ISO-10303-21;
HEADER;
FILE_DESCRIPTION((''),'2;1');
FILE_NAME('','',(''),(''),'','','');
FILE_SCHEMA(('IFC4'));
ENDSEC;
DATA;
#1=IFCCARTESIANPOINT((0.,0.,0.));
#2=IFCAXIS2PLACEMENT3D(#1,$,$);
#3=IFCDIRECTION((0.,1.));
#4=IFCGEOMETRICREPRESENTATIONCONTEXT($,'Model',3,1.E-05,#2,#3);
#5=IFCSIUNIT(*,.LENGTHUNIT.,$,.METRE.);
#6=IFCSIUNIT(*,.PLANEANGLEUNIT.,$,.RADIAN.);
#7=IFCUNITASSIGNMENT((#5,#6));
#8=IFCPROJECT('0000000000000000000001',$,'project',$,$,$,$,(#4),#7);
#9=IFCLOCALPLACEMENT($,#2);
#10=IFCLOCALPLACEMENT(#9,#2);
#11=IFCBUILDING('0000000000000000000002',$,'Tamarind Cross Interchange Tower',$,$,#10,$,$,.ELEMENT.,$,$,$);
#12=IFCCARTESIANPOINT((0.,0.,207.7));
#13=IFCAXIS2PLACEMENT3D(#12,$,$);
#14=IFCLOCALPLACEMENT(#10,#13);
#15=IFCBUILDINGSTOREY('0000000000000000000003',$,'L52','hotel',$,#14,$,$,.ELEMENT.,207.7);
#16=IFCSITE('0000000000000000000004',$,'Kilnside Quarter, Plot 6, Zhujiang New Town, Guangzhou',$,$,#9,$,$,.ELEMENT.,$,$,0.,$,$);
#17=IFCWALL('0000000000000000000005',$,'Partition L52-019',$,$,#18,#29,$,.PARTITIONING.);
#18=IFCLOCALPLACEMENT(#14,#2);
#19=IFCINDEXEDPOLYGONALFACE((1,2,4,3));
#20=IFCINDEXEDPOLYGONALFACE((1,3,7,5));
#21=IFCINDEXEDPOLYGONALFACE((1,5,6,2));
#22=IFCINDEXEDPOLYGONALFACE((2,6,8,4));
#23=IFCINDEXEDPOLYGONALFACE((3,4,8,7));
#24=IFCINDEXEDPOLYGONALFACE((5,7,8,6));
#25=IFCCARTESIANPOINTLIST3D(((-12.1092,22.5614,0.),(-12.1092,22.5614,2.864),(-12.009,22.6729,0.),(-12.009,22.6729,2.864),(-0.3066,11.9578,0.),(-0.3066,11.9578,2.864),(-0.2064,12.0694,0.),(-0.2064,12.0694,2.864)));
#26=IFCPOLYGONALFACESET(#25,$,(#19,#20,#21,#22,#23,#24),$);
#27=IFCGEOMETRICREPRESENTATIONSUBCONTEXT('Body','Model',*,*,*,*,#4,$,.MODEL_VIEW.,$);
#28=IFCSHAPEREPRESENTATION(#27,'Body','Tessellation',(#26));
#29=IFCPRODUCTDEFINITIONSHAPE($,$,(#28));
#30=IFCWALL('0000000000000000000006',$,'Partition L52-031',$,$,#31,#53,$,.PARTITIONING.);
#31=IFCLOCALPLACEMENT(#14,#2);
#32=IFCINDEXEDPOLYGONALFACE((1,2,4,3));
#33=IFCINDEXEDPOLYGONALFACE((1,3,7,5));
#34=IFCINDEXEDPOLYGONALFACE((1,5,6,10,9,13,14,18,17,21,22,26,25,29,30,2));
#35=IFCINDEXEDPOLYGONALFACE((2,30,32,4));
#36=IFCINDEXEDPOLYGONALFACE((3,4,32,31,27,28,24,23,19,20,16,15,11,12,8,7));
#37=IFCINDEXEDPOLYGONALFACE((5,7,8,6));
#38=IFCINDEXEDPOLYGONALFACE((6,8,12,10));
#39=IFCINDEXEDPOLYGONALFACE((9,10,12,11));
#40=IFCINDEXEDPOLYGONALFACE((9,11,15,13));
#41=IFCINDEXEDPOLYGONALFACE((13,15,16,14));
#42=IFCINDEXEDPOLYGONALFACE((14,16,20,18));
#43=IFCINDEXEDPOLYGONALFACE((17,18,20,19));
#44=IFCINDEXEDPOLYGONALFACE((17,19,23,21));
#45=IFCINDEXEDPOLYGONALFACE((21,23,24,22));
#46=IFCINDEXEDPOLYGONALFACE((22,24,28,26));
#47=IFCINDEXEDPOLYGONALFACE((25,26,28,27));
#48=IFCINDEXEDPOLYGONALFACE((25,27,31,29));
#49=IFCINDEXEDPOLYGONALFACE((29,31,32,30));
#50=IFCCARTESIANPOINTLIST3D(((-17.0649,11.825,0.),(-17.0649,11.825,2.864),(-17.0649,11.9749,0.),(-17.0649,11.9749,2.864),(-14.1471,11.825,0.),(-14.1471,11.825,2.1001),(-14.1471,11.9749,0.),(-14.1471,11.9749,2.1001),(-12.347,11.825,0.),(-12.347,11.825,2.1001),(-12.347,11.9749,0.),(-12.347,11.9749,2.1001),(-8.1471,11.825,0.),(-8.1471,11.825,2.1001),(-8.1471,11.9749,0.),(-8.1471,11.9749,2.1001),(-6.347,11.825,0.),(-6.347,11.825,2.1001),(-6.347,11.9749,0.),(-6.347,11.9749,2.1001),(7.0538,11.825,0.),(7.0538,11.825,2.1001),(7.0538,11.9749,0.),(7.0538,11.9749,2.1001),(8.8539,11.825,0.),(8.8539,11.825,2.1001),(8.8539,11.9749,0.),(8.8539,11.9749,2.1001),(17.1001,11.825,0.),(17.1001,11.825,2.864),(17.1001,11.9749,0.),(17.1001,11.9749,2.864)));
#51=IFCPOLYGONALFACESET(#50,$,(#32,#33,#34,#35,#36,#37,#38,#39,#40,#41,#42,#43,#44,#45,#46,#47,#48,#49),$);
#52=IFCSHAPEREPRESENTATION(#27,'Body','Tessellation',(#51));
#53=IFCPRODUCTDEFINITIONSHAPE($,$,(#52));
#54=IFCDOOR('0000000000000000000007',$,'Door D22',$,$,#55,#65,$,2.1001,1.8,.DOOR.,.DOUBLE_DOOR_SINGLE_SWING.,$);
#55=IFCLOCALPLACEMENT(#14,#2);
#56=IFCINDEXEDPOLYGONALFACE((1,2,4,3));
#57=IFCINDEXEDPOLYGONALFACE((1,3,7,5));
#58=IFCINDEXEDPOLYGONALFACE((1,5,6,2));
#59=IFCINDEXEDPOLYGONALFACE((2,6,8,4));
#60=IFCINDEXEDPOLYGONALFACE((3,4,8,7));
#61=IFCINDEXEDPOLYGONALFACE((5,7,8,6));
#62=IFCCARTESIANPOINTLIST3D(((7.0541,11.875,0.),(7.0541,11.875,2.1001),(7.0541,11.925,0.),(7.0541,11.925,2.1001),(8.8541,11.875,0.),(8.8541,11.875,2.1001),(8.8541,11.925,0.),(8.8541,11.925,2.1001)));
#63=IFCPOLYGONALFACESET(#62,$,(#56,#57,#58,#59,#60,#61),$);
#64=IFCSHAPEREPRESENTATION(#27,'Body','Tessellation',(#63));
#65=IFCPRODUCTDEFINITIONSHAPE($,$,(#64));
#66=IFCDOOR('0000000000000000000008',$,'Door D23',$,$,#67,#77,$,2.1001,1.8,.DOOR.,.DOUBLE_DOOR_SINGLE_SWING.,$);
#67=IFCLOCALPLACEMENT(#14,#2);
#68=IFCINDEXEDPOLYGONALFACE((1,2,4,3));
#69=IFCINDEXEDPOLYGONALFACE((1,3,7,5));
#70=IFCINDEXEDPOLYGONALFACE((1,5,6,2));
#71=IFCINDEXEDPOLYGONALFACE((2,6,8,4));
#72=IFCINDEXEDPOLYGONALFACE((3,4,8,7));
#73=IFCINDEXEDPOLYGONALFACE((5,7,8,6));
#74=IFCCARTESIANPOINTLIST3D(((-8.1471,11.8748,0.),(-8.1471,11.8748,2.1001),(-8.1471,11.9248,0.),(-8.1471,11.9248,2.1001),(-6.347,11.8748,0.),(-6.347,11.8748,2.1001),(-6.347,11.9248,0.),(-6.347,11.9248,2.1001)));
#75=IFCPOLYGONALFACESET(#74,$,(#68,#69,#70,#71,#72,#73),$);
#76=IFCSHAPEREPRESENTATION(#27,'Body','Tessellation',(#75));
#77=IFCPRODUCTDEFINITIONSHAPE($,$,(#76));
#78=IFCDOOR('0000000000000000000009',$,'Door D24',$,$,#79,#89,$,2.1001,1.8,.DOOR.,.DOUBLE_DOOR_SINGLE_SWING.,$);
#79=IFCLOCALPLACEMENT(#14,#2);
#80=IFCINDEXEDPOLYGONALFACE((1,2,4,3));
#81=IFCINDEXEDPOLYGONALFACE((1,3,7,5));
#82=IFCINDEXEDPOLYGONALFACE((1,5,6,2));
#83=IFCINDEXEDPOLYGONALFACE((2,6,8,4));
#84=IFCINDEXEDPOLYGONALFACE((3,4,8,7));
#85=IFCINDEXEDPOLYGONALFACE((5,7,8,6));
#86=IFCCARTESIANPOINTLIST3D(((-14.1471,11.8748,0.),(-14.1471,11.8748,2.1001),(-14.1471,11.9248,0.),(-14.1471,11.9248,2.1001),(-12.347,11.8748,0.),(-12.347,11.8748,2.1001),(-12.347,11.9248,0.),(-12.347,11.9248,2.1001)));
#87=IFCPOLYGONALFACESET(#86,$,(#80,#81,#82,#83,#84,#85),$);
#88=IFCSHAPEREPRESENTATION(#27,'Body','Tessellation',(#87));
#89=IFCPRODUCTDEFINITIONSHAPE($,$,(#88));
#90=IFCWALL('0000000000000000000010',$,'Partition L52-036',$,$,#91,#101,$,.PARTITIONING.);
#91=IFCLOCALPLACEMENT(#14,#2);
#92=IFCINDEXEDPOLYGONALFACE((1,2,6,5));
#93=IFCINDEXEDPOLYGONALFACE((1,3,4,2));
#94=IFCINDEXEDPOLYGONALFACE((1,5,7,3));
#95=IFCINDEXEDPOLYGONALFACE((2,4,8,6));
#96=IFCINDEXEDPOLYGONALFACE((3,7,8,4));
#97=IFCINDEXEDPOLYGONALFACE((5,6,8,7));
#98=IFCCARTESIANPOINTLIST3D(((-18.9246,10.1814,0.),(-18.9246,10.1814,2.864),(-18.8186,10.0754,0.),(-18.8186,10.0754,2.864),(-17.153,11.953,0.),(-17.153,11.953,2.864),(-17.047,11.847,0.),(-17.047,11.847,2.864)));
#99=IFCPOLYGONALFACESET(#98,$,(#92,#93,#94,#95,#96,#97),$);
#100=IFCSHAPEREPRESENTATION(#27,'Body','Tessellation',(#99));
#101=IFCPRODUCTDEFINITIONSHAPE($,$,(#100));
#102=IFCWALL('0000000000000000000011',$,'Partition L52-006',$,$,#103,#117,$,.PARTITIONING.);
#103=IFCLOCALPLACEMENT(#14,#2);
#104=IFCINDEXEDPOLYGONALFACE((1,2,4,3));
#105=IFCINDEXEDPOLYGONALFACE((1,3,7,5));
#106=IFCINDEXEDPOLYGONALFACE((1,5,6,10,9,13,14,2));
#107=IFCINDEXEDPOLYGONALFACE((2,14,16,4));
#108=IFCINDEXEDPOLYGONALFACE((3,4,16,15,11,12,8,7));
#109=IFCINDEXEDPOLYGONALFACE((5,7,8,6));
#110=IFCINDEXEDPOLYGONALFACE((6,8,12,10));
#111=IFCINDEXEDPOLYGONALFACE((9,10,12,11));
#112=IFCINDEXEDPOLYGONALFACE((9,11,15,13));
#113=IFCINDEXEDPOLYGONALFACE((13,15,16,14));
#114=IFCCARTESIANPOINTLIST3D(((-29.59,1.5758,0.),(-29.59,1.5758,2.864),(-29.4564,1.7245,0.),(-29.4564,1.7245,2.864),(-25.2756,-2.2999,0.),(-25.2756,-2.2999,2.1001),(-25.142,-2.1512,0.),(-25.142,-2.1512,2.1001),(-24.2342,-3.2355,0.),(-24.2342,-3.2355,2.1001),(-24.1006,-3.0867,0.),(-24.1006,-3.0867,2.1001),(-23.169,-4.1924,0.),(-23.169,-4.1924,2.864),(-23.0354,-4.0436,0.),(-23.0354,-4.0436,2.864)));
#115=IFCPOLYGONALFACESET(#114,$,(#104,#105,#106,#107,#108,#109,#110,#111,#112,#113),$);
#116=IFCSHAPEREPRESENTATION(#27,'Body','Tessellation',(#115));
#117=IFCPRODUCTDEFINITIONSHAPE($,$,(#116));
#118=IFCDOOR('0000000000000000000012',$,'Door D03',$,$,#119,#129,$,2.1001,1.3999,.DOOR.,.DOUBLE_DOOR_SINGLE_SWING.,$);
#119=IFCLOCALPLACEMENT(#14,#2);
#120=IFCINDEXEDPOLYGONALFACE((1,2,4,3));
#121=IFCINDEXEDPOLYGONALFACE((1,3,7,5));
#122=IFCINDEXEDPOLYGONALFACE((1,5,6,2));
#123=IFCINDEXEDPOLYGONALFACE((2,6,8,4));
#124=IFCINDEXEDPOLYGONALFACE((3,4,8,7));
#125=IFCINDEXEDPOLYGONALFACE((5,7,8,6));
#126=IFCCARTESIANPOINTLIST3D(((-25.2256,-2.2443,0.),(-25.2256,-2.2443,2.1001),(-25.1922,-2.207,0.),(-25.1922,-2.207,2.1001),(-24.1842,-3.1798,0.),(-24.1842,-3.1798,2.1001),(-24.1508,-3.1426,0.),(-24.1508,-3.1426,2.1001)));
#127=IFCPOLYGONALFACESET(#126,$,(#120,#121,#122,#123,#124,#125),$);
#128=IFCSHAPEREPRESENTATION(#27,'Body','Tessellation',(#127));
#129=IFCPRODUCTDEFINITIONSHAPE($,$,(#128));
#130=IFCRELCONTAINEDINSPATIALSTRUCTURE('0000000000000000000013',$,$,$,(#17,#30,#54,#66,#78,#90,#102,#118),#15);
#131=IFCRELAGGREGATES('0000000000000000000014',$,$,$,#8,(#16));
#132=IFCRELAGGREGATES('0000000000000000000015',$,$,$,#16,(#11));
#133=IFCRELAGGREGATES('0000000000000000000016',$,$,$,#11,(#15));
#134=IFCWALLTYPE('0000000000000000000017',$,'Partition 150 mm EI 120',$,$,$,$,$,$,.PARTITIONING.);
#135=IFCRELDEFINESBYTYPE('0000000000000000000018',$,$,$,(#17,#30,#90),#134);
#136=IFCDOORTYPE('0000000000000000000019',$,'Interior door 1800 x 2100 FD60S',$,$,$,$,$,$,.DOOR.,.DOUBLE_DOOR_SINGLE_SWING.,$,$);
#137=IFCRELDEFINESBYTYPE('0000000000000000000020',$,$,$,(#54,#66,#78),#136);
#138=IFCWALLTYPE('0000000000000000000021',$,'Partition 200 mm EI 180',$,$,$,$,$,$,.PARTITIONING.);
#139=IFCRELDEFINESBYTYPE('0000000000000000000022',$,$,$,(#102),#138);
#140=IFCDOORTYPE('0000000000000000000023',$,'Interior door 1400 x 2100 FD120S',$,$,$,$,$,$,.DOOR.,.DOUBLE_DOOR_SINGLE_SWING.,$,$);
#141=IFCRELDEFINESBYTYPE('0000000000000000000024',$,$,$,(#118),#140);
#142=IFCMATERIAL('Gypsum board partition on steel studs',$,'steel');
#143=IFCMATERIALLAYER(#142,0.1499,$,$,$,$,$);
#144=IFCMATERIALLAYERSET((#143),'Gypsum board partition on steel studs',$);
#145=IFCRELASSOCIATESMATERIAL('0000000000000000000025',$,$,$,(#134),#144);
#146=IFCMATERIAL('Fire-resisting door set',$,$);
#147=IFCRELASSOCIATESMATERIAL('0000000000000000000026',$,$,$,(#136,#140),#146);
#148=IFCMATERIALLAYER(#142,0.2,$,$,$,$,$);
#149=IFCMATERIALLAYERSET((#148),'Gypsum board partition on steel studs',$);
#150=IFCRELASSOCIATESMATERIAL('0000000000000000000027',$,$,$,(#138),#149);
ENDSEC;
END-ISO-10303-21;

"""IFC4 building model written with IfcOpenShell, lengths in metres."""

from ifc_helpers import new_model, si_unit, direction, frame, frame_2d, origin, place, context, subcontext, project, spatial, rectangle, extrude, material, layer, layer_set, type_object, element, fill, save


model = new_model("IFC4")

# Units and contexts
model_context = context("Model", 3, precision=1e-05, world=origin(), true_north=direction((0.0, 1.0)))
body_context = subcontext(model_context, "Body", "Model", "MODEL_VIEW")
ifc_project = project(units=[si_unit("LENGTHUNIT", "METRE"), si_unit("PLANEANGLEUNIT", "RADIAN")], contexts=[model_context])

# Site, building, storey
site_placement = place(None, origin())
site = spatial("IfcSite", under=ifc_project, at=site_placement, Name="Kilnside Quarter, Plot 6, Zhujiang New Town, Guangzhou", CompositionType="ELEMENT", RefElevation=0.0)
building_placement = place(site_placement, origin())
building = spatial("IfcBuilding", under=site, at=building_placement, Name="Tamarind Cross Interchange Tower", CompositionType="ELEMENT")
storey_placement = place(building_placement, frame((0.0, 0.0, 207.7)))
storey = spatial("IfcBuildingStorey", under=building, at=storey_placement, Name="L52", Description="hotel", CompositionType="ELEMENT", Elevation=207.7)

# Wall
ifc_material_1 = material(Name="Gypsum board partition on steel studs", Category="steel")
ifc_layer_1 = layer(ifc_material_1, 0.1499)
ifc_layer_set_1 = layer_set([ifc_layer_1], Name="Gypsum board partition on steel studs")
wall_type_1 = type_object("IfcWallType", Name="Partition 150 mm EI 120", PredefinedType="PARTITIONING", material=ifc_layer_set_1)
wall_1_placement = place(storey_placement, frame((-12.0591, 22.6172, 0.0), z_axis=(0.0, 0.0, 1.0), x_axis=(0.743881, -0.668312, 0.0)))
element("IfcWall", 1, at=wall_1_placement, inside=storey, type_object=wall_type_1, Name="Partition L52-019", PredefinedType="PARTITIONING", context=body_context, shape_type="SweptSolid", body=[
    extrude(rectangle(XDim=15.8662, YDim=0.1499, at=frame_2d((7.9331, 0.0))), origin(), (0.0, 0.0, 1.0), 2.864),
])

# Wall, openings, doors
wall_2_placement = place(storey_placement, frame((-17.0649, 11.8999, 0.0), z_axis=(0.0, 0.0, 1.0), x_axis=(1.0, 0.0, 0.0)))
wall_2 = element("IfcWall", 2, at=wall_2_placement, inside=storey, type_object=wall_type_1, Name="Partition L52-031", PredefinedType="PARTITIONING", context=body_context, shape_type="SweptSolid", body=[
    extrude(rectangle(XDim=34.165, YDim=0.1499, at=frame_2d((17.0825, 0.0))), origin(), (0.0, 0.0, 1.0), 2.864),
])
opening_1_placement = place(wall_2_placement, frame((24.1189, 0.0, 0.0)))
opening_1 = element("IfcOpeningElement", 3, at=opening_1_placement, cuts=wall_2, PredefinedType="OPENING", context=body_context, shape_type="SweptSolid", body=[
    extrude(rectangle(XDim=1.8, YDim=2.1001, at=frame_2d((0.8999, 1.05))), frame((0.0, 0.085, 0.0), z_axis=(0.0, -1.0, 0.0), x_axis=(1.0, 0.0, 0.0)), (0.0, 0.0, 1.0), 0.1699),
])
opening_2_placement = place(wall_2_placement, frame((8.918, 0.0, 0.0)))
opening_2 = element("IfcOpeningElement", 4, at=opening_2_placement, cuts=wall_2, PredefinedType="OPENING", context=body_context, shape_type="SweptSolid", body=[
    extrude(rectangle(XDim=1.8, YDim=2.1001, at=frame_2d((0.8999, 1.05))), frame((0.0, 0.085, 0.0), z_axis=(0.0, -1.0, 0.0), x_axis=(1.0, 0.0, 0.0)), (0.0, 0.0, 1.0), 0.1699),
])
opening_3_placement = place(wall_2_placement, frame((2.918, 0.0, 0.0)))
opening_3 = element("IfcOpeningElement", 5, at=opening_3_placement, cuts=wall_2, PredefinedType="OPENING", context=body_context, shape_type="SweptSolid", body=[
    extrude(rectangle(XDim=1.8, YDim=2.1001, at=frame_2d((0.8999, 1.05))), frame((0.0, 0.085, 0.0), z_axis=(0.0, -1.0, 0.0), x_axis=(1.0, 0.0, 0.0)), (0.0, 0.0, 1.0), 0.1699),
])
ifc_material_2 = material(Name="Fire-resisting door set")
door_type_1 = type_object("IfcDoorType", Name="Interior door 1800 x 2100 FD60S", OperationType="DOUBLE_DOOR_SINGLE_SWING", PredefinedType="DOOR", material=ifc_material_2)
door_1_placement = place(opening_1_placement, frame((1.8, 0.0, 0.0), z_axis=(0.0, 0.0, 1.0), x_axis=(-1.0, 0.0, 0.0)))
door_1 = element("IfcDoor", 6, at=door_1_placement, inside=storey, type_object=door_type_1, Name="Door D22", OperationType="DOUBLE_DOOR_SINGLE_SWING", OverallHeight=2.1001, OverallWidth=1.8, PredefinedType="DOOR", context=body_context, shape_type="SweptSolid", body=[
    extrude(rectangle(XDim=1.8, YDim=2.1001, at=frame_2d((0.8999, 1.05))), frame((0.0, 0.0249, 0.0), z_axis=(0.0, -1.0, 0.0), x_axis=(1.0, 0.0, 0.0)), (0.0, 0.0, 1.0), 0.05),
])
fill(opening_1, door_1)
door_2_placement = place(opening_2_placement, origin())
door_2 = element("IfcDoor", 7, at=door_2_placement, inside=storey, type_object=door_type_1, Name="Door D23", OperationType="DOUBLE_DOOR_SINGLE_SWING", OverallHeight=2.1001, OverallWidth=1.8, PredefinedType="DOOR", context=body_context, shape_type="SweptSolid", body=[
    extrude(rectangle(XDim=1.8, YDim=2.1001, at=frame_2d((0.8999, 1.05))), frame((0.0, 0.0249, 0.0), z_axis=(0.0, -1.0, 0.0), x_axis=(1.0, 0.0, 0.0)), (0.0, 0.0, 1.0), 0.05),
])
fill(opening_2, door_2)
door_3_placement = place(opening_3_placement, origin())
door_3 = element("IfcDoor", 8, at=door_3_placement, inside=storey, type_object=door_type_1, Name="Door D24", OperationType="DOUBLE_DOOR_SINGLE_SWING", OverallHeight=2.1001, OverallWidth=1.8, PredefinedType="DOOR", context=body_context, shape_type="SweptSolid", body=[
    extrude(rectangle(XDim=1.8, YDim=2.1001, at=frame_2d((0.8999, 1.05))), frame((0.0, 0.0249, 0.0), z_axis=(0.0, -1.0, 0.0), x_axis=(1.0, 0.0, 0.0)), (0.0, 0.0, 1.0), 0.05),
])
fill(opening_3, door_3)

# Wall
wall_3_placement = place(storey_placement, frame((-18.8716, 10.1284, 0.0), z_axis=(0.0, 0.0, 1.0), x_axis=(0.707107, 0.707107, 0.0)))
element("IfcWall", 9, at=wall_3_placement, inside=storey, type_object=wall_type_1, Name="Partition L52-036", PredefinedType="PARTITIONING", context=body_context, shape_type="SweptSolid", body=[
    extrude(rectangle(XDim=2.5054, YDim=0.1499, at=frame_2d((1.2527, 0.0))), origin(), (0.0, 0.0, 1.0), 2.864),
])

# Wall, opening, door
ifc_layer_2 = layer(ifc_material_1, 0.2)
ifc_layer_set_2 = layer_set([ifc_layer_2], Name="Gypsum board partition on steel studs")
wall_type_2 = type_object("IfcWallType", Name="Partition 200 mm EI 180", PredefinedType="PARTITIONING", material=ifc_layer_set_2)
wall_4_placement = place(storey_placement, frame((-29.5232, 1.6501, 0.0), z_axis=(0.0, 0.0, 1.0), x_axis=(0.743913, -0.668277, 0.0)))
wall_4 = element("IfcWall", 10, at=wall_4_placement, inside=storey, type_object=wall_type_2, Name="Partition L52-006", PredefinedType="PARTITIONING", context=body_context, shape_type="SweptSolid", body=[
    extrude(rectangle(XDim=8.6313, YDim=0.2, at=frame_2d((4.3157, 0.0))), origin(), (0.0, 0.0, 1.0), 2.864),
])
opening_4_placement = place(wall_4_placement, frame((5.7996, 0.0, 0.0)))
opening_4 = element("IfcOpeningElement", 11, at=opening_4_placement, cuts=wall_4, PredefinedType="OPENING", context=body_context, shape_type="SweptSolid", body=[
    extrude(rectangle(XDim=1.3999, YDim=2.1001, at=frame_2d((0.7, 1.05))), frame((0.0, 0.1099, 0.0), z_axis=(0.0, -1.0, 0.0), x_axis=(1.0, 0.0, 0.0)), (0.0, 0.0, 1.0), 0.22),
])
door_type_2 = type_object("IfcDoorType", Name="Interior door 1400 x 2100 FD120S", OperationType="DOUBLE_DOOR_SINGLE_SWING", PredefinedType="DOOR", material=ifc_material_2)
door_4_placement = place(opening_4_placement, origin())
door_4 = element("IfcDoor", 12, at=door_4_placement, inside=storey, type_object=door_type_2, Name="Door D03", OperationType="DOUBLE_DOOR_SINGLE_SWING", OverallHeight=2.1001, OverallWidth=1.3999, PredefinedType="DOOR", context=body_context, shape_type="SweptSolid", body=[
    extrude(rectangle(XDim=1.3999, YDim=2.1001, at=frame_2d((0.7, 1.05))), frame((0.0, 0.0249, 0.0), z_axis=(0.0, -1.0, 0.0), x_axis=(1.0, 0.0, 0.0)), (0.0, 0.0, 1.0), 0.05),
])
fill(opening_4, door_4)

save(model, "model.ifc")
